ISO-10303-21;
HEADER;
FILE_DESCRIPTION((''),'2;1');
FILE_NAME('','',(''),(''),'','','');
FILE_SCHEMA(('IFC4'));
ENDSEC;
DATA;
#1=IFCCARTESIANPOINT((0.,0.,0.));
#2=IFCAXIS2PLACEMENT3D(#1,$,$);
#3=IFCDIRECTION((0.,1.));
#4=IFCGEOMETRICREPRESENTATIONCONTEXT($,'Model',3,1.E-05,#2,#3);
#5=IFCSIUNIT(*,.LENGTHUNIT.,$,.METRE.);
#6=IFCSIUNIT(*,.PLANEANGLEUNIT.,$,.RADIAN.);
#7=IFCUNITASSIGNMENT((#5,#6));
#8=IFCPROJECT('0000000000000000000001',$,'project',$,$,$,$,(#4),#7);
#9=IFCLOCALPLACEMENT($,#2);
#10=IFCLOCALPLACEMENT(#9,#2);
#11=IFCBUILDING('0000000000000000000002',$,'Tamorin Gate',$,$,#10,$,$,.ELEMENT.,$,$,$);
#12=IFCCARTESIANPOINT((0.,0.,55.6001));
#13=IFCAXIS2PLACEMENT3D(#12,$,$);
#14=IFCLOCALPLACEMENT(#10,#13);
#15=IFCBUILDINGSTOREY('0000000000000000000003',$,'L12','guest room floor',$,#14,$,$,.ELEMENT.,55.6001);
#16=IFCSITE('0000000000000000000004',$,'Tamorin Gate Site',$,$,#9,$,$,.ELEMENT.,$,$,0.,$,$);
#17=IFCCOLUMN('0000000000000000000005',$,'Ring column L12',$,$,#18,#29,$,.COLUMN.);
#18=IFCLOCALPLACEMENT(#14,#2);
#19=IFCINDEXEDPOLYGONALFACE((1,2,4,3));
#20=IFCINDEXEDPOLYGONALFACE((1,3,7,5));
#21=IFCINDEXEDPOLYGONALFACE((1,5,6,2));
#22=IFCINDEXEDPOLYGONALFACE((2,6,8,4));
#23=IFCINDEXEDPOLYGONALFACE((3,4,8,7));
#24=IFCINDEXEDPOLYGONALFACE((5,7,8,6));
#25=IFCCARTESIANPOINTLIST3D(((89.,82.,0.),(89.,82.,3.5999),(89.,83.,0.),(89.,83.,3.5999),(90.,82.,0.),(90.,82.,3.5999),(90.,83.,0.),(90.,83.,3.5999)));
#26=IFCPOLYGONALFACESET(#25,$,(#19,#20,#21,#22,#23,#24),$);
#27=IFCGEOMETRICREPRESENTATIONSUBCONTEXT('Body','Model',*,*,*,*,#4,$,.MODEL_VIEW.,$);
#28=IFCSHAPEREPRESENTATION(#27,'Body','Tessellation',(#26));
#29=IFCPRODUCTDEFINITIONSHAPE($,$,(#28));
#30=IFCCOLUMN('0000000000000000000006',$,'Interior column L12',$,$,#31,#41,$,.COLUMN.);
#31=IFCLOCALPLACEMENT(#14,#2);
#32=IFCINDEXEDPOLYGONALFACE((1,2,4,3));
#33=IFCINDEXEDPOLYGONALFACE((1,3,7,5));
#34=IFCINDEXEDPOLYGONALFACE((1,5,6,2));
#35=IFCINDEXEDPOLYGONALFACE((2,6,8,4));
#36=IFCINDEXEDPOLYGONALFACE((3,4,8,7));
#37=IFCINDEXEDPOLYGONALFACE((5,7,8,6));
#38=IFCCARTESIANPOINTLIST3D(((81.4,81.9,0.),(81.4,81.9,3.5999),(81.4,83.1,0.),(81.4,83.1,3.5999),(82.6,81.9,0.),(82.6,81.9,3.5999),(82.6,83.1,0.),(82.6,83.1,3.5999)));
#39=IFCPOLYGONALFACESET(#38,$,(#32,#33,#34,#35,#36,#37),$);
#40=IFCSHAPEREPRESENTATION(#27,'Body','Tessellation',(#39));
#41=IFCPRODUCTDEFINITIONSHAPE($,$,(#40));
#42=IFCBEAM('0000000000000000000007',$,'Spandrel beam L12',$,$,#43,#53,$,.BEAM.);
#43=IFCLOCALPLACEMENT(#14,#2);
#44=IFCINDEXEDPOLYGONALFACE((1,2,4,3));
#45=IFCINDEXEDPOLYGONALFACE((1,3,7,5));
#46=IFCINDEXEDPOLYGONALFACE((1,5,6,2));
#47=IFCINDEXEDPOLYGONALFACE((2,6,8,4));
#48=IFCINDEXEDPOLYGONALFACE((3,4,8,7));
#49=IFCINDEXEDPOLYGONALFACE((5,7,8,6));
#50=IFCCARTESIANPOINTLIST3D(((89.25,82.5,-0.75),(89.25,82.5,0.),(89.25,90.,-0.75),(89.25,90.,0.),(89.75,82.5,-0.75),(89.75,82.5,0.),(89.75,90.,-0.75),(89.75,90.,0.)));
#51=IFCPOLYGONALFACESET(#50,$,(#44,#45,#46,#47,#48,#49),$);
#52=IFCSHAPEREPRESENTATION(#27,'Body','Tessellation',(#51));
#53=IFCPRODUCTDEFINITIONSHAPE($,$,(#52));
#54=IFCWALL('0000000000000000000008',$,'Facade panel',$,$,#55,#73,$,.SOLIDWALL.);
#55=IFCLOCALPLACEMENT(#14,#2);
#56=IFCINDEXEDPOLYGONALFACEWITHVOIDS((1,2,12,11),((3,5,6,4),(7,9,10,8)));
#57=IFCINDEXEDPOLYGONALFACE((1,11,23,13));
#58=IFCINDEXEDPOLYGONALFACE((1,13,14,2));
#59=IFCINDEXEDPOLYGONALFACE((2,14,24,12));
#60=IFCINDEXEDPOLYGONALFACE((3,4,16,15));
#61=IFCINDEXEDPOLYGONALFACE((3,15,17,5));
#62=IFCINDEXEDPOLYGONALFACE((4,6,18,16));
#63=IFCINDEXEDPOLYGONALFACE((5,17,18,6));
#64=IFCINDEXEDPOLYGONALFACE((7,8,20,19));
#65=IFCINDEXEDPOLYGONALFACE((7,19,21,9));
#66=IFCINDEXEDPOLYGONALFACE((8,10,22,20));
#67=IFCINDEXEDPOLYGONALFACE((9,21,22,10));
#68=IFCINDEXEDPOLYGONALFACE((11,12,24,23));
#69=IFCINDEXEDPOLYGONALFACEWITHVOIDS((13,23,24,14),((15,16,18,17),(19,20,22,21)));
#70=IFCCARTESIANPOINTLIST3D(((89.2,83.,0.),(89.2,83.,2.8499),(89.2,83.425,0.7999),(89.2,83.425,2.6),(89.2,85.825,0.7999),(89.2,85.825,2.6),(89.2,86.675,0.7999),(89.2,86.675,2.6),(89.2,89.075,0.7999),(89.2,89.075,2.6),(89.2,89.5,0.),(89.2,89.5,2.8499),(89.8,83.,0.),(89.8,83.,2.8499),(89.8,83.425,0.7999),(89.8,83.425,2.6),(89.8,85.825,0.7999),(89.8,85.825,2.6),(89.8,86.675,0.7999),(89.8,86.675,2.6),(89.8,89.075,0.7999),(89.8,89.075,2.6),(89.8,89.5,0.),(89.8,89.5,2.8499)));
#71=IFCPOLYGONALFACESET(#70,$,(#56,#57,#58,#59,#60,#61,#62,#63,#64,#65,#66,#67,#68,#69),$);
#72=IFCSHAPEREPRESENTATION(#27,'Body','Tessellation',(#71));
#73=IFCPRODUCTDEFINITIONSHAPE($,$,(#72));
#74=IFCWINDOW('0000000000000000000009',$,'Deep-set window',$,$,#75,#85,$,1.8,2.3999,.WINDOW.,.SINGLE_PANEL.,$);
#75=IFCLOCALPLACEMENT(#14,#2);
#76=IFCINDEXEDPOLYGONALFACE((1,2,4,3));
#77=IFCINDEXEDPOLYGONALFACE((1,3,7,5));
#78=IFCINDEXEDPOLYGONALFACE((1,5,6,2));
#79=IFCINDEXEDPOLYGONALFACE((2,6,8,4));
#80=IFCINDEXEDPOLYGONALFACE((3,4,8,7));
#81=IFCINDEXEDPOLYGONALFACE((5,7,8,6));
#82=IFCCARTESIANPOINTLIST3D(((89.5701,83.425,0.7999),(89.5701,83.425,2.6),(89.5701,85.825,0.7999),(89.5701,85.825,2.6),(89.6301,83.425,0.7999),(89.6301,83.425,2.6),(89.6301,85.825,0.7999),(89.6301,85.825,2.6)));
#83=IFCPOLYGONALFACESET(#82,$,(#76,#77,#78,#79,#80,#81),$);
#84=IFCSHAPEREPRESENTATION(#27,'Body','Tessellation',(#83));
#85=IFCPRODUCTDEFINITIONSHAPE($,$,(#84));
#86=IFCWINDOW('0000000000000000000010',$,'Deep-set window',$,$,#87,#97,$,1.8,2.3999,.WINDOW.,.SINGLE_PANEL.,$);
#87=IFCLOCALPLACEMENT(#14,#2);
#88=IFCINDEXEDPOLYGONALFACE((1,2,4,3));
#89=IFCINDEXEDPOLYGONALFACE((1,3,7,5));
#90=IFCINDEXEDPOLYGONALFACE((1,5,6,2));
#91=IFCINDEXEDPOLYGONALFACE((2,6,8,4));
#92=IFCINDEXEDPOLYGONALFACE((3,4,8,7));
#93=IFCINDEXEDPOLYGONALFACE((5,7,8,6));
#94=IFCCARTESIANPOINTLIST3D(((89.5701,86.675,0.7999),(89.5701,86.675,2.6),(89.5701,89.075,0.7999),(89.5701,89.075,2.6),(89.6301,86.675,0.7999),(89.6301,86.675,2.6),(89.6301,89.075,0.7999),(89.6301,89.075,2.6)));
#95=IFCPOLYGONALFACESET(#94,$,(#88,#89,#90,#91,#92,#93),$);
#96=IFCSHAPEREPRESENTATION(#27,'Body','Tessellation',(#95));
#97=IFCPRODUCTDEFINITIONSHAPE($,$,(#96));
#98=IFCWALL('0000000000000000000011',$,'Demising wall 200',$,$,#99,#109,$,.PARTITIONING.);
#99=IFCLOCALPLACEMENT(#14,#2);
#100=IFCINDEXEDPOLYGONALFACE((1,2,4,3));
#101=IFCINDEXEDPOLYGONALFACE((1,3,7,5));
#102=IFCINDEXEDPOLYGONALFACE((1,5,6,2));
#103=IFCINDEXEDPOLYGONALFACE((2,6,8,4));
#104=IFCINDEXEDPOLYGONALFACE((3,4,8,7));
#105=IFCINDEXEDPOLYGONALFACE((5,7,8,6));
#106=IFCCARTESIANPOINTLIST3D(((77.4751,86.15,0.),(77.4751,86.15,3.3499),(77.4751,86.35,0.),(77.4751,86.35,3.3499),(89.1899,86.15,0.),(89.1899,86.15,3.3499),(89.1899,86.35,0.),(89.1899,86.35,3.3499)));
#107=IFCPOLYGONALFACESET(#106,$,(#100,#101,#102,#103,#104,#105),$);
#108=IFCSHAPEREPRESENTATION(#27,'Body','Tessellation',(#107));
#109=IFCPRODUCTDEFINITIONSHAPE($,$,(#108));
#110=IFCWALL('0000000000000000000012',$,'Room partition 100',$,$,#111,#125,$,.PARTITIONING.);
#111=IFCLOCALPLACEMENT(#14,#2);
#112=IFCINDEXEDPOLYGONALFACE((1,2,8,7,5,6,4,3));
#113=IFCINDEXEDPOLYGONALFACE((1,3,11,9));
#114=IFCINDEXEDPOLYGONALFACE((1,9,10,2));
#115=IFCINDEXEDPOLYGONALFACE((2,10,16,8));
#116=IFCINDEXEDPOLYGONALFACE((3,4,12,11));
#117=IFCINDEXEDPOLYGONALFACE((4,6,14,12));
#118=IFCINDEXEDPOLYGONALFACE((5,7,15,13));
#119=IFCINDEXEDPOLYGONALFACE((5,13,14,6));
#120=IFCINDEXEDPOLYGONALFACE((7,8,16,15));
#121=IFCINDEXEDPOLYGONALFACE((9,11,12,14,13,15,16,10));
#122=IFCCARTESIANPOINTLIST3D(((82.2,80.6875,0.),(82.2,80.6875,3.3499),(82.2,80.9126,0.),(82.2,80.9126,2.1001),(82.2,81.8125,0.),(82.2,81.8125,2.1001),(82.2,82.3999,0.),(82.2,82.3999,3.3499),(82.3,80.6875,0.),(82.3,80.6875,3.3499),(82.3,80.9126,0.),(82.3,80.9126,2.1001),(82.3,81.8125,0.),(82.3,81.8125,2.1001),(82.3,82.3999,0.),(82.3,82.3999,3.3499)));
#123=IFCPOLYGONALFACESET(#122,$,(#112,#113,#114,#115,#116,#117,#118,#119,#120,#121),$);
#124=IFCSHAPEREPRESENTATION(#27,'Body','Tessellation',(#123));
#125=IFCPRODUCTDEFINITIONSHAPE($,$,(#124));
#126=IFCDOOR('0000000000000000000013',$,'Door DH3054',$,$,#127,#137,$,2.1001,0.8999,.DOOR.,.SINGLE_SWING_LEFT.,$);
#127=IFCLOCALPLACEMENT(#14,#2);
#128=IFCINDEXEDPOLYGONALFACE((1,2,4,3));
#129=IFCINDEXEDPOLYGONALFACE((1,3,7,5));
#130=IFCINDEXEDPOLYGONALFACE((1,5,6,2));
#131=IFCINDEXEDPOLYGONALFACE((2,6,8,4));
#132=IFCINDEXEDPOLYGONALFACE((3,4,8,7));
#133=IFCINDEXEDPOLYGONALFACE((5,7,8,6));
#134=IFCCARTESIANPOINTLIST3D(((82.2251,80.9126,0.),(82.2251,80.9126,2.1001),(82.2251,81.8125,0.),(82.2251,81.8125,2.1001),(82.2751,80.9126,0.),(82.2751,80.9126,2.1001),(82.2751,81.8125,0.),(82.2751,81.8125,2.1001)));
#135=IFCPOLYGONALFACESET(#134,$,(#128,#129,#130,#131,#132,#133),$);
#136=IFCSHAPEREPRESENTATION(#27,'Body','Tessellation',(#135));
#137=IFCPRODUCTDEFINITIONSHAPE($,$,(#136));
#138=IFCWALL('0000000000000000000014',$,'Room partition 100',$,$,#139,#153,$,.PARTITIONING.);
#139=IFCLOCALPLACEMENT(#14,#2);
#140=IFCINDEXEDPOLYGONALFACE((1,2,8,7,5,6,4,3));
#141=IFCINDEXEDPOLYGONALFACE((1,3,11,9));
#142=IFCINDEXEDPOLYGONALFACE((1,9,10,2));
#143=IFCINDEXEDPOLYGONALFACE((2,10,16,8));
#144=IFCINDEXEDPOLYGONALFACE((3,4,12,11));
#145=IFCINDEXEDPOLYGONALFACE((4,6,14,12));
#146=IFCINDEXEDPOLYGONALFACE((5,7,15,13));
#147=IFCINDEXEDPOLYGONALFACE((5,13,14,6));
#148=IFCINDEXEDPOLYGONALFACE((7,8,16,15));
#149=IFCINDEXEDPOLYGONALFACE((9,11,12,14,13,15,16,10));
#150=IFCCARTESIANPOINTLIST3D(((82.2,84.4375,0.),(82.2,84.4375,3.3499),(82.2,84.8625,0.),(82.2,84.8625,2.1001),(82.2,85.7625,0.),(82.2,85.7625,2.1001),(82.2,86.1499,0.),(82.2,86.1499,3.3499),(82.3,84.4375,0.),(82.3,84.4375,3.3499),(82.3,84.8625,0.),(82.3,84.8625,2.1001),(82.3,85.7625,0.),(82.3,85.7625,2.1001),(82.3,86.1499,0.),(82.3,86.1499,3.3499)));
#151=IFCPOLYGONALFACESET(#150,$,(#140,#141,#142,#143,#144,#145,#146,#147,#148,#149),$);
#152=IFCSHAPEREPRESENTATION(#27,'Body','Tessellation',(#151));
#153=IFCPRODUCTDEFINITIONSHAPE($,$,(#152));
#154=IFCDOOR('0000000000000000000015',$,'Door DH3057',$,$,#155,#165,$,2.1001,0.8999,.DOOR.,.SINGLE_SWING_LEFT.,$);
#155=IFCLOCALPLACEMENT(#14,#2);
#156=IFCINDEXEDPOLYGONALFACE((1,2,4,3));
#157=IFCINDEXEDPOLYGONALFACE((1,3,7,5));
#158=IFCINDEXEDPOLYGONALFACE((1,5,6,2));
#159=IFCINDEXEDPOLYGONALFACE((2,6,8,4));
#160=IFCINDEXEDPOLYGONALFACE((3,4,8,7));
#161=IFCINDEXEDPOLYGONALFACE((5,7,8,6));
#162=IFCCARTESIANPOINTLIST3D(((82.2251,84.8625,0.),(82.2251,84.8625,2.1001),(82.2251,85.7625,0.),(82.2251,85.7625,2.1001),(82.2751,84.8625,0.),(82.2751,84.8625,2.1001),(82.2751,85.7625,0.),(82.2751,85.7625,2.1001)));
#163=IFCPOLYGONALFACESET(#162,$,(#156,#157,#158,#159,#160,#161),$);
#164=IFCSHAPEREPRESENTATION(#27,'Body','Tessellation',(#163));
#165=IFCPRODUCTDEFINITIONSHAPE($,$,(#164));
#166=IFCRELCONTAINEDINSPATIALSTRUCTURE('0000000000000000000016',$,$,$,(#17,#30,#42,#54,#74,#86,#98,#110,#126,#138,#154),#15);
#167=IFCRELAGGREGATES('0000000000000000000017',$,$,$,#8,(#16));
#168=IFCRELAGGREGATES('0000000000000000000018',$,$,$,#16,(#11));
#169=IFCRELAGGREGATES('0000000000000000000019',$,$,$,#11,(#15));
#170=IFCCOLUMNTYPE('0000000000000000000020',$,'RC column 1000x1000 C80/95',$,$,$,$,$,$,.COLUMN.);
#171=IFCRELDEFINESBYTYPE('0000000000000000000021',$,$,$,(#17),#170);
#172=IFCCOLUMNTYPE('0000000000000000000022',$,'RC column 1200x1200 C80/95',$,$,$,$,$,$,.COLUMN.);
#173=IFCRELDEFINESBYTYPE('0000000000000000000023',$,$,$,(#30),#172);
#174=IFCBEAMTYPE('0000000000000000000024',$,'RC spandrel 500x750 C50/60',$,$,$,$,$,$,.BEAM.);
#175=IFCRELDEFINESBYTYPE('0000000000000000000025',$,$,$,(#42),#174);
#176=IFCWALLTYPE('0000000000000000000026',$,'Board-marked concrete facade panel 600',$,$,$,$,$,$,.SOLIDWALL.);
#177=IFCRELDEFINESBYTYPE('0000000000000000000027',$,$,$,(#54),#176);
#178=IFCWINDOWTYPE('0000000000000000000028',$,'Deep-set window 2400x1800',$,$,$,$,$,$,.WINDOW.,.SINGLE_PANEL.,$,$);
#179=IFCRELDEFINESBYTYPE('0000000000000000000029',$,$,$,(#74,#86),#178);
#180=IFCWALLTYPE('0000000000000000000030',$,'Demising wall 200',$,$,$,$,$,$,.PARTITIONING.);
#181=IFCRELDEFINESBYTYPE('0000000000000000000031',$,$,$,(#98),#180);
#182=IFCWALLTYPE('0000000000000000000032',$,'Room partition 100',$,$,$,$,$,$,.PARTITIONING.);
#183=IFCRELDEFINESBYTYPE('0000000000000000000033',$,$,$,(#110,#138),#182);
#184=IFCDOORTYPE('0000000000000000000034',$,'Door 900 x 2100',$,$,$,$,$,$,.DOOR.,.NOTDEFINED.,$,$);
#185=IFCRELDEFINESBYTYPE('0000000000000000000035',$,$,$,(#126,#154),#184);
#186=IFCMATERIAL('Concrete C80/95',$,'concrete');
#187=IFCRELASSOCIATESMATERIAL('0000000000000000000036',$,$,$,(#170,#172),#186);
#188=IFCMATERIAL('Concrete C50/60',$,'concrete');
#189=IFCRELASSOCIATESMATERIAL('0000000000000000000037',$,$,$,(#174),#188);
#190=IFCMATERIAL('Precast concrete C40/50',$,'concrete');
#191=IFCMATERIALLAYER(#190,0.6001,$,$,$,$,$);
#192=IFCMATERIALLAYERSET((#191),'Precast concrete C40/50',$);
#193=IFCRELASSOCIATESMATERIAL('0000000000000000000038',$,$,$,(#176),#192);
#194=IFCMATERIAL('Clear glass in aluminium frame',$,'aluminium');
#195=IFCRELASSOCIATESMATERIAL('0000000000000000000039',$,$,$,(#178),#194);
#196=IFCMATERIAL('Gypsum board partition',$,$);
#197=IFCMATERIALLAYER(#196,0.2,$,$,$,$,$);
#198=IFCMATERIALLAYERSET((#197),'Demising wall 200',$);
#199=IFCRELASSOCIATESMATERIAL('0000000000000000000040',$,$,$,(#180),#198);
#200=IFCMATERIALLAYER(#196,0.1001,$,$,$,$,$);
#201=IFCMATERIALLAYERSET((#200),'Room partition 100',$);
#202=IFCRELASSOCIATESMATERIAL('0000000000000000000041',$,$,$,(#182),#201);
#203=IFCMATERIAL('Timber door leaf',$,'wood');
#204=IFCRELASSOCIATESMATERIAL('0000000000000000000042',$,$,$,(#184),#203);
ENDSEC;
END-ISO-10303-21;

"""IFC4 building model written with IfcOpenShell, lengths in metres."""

from ifc_helpers import new_model, si_unit, direction, frame, frame_2d, origin, origin_2d, place, context, subcontext, project, spatial, rectangle, extrude, material, layer, layer_set, material_profile, profile_set, type_object, element, fill, save


model = new_model("IFC4")

# Units and contexts
model_context = context("Model", 3, precision=1e-05, world=origin(), true_north=direction((0.0, 1.0)))
body_context = subcontext(model_context, "Body", "Model", "MODEL_VIEW")
ifc_project = project(units=[si_unit("LENGTHUNIT", "METRE"), si_unit("PLANEANGLEUNIT", "RADIAN")], contexts=[model_context])

# Site, building, storey
site_placement = place(None, origin())
site = spatial("IfcSite", under=ifc_project, at=site_placement, Name="Tamorin Gate Site", CompositionType="ELEMENT", RefElevation=0.0)
building_placement = place(site_placement, origin())
building = spatial("IfcBuilding", under=site, at=building_placement, Name="Tamorin Gate", CompositionType="ELEMENT")
storey_placement = place(building_placement, frame((0.0, 0.0, 55.6001)))
storey = spatial("IfcBuildingStorey", under=building, at=storey_placement, Name="L12", Description="guest room floor", CompositionType="ELEMENT", Elevation=55.6001)

# Columns
ifc_material_1 = material(Name="Concrete C80/95", Category="concrete")
ifc_material_profile_1 = material_profile(ifc_material_1, rectangle(XDim=1.0, YDim=1.0, at=origin_2d()), Name="RC 1000x1000")
ifc_profile_set_1 = profile_set([ifc_material_profile_1], Name="Concrete C80/95")
column_type_1 = type_object("IfcColumnType", Name="RC column 1000x1000 C80/95", PredefinedType="COLUMN", material=ifc_profile_set_1)
column_1_placement = place(storey_placement, frame((89.5, 82.5, 0.0), z_axis=(0.0, 0.0, 1.0), x_axis=(1.0, 0.0, 0.0)))
element("IfcColumn", 1, at=column_1_placement, inside=storey, type_object=column_type_1, Name="Ring column L12", PredefinedType="COLUMN", context=body_context, shape_type="SweptSolid", body=[
    extrude(rectangle(XDim=1.0, YDim=1.0, at=origin_2d()), origin(), (0.0, 0.0, 1.0), 3.5999),
])
ifc_material_profile_2 = material_profile(ifc_material_1, rectangle(XDim=1.2, YDim=1.2, at=origin_2d()), Name="RC 1200x1200")
ifc_profile_set_2 = profile_set([ifc_material_profile_2], Name="Concrete C80/95")
column_type_2 = type_object("IfcColumnType", Name="RC column 1200x1200 C80/95", PredefinedType="COLUMN", material=ifc_profile_set_2)
column_2_placement = place(storey_placement, frame((82.0, 82.5, 0.0), z_axis=(0.0, 0.0, 1.0), x_axis=(1.0, 0.0, 0.0)))
element("IfcColumn", 2, at=column_2_placement, inside=storey, type_object=column_type_2, Name="Interior column L12", PredefinedType="COLUMN", context=body_context, shape_type="SweptSolid", body=[
    extrude(rectangle(XDim=1.2, YDim=1.2, at=origin_2d()), origin(), (0.0, 0.0, 1.0), 3.5999),
])

# Beam
ifc_material_2 = material(Name="Concrete C50/60", Category="concrete")
ifc_material_profile_3 = material_profile(ifc_material_2, rectangle(XDim=0.5, YDim=0.75, at=origin_2d()), Name="RC 500x750")
ifc_profile_set_3 = profile_set([ifc_material_profile_3], Name="Concrete C50/60")
beam_type = type_object("IfcBeamType", Name="RC spandrel 500x750 C50/60", PredefinedType="BEAM", material=ifc_profile_set_3)
beam_placement = place(storey_placement, frame((89.5, 82.5, -0.375), z_axis=(0.0, 1.0, 0.0), x_axis=(-1.0, 0.0, 0.0)))
element("IfcBeam", 3, at=beam_placement, inside=storey, type_object=beam_type, Name="Spandrel beam L12", PredefinedType="BEAM", context=body_context, shape_type="SweptSolid", body=[
    extrude(rectangle(XDim=0.5, YDim=0.75, at=origin_2d()), origin(), (0.0, 0.0, 1.0), 7.5),
])

# Wall, openings, windows
ifc_material_3 = material(Name="Precast concrete C40/50", Category="concrete")
ifc_layer_1 = layer(ifc_material_3, 0.6001)
ifc_layer_set_1 = layer_set([ifc_layer_1], Name="Precast concrete C40/50")
wall_type_1 = type_object("IfcWallType", Name="Board-marked concrete facade panel 600", PredefinedType="SOLIDWALL", material=ifc_layer_set_1)
wall_1_placement = place(storey_placement, frame((89.5, 83.0, 0.0), z_axis=(0.0, 0.0, 1.0), x_axis=(0.0, 1.0, 0.0)))
wall_1 = element("IfcWall", 4, at=wall_1_placement, inside=storey, type_object=wall_type_1, Name="Facade panel", PredefinedType="SOLIDWALL", context=body_context, shape_type="SweptSolid", body=[
    extrude(rectangle(XDim=6.5, YDim=0.6001, at=frame_2d((3.25, 0.0))), origin(), (0.0, 0.0, 1.0), 2.8499),
])
opening_1_placement = place(wall_1_placement, frame((0.425, 0.0, 0.8)))
opening_1 = element("IfcOpeningElement", 5, at=opening_1_placement, cuts=wall_1, PredefinedType="OPENING", context=body_context, shape_type="SweptSolid", body=[
    extrude(rectangle(XDim=2.3999, YDim=1.8, at=frame_2d((1.2, 0.8999))), frame((0.0, 0.3101, 0.0), z_axis=(0.0, -1.0, 0.0), x_axis=(1.0, 0.0, 0.0)), (0.0, 0.0, 1.0), 0.6201),
])
opening_2_placement = place(wall_1_placement, frame((3.675, 0.0, 0.8)))
opening_2 = element("IfcOpeningElement", 6, at=opening_2_placement, cuts=wall_1, PredefinedType="OPENING", context=body_context, shape_type="SweptSolid", body=[
    extrude(rectangle(XDim=2.3999, YDim=1.8, at=frame_2d((1.2, 0.8999))), frame((0.0, 0.3101, 0.0), z_axis=(0.0, -1.0, 0.0), x_axis=(1.0, 0.0, 0.0)), (0.0, 0.0, 1.0), 0.6201),
])
ifc_material_4 = material(Name="Clear glass in aluminium frame", Category="aluminium")
window_type = type_object("IfcWindowType", Name="Deep-set window 2400x1800", PartitioningType="SINGLE_PANEL", PredefinedType="WINDOW", material=ifc_material_4)
window_1_placement = place(opening_1_placement, origin())
window_1 = element("IfcWindow", 7, at=window_1_placement, inside=storey, type_object=window_type, Name="Deep-set window", OverallHeight=1.8, OverallWidth=2.3999, PartitioningType="SINGLE_PANEL", PredefinedType="WINDOW", context=body_context, shape_type="SweptSolid", body=[
    extrude(rectangle(XDim=2.3999, YDim=1.8, at=frame_2d((1.2, 0.8999))), frame((0.0, -0.0701, 0.0), z_axis=(0.0, -1.0, 0.0), x_axis=(1.0, 0.0, 0.0)), (0.0, 0.0, 1.0), 0.0601),
])
fill(opening_1, window_1)
window_2_placement = place(opening_2_placement, origin())
window_2 = element("IfcWindow", 8, at=window_2_placement, inside=storey, type_object=window_type, Name="Deep-set window", OverallHeight=1.8, OverallWidth=2.3999, PartitioningType="SINGLE_PANEL", PredefinedType="WINDOW", context=body_context, shape_type="SweptSolid", body=[
    extrude(rectangle(XDim=2.3999, YDim=1.8, at=frame_2d((1.2, 0.8999))), frame((0.0, -0.0701, 0.0), z_axis=(0.0, -1.0, 0.0), x_axis=(1.0, 0.0, 0.0)), (0.0, 0.0, 1.0), 0.0601),
])
fill(opening_2, window_2)

# Wall
ifc_material_5 = material(Name="Gypsum board partition")
ifc_layer_2 = layer(ifc_material_5, 0.2)
ifc_layer_set_2 = layer_set([ifc_layer_2], Name="Demising wall 200")
wall_type_2 = type_object("IfcWallType", Name="Demising wall 200", PredefinedType="PARTITIONING", material=ifc_layer_set_2)
wall_2_placement = place(storey_placement, frame((77.4751, 86.25, 0.0), z_axis=(0.0, 0.0, 1.0), x_axis=(1.0, 0.0, 0.0)))
element("IfcWall", 9, at=wall_2_placement, inside=storey, type_object=wall_type_2, Name="Demising wall 200", PredefinedType="PARTITIONING", context=body_context, shape_type="SweptSolid", body=[
    extrude(rectangle(XDim=11.7148, YDim=0.2, at=frame_2d((5.8574, 0.0))), origin(), (0.0, 0.0, 1.0), 3.3499),
])

# Walls, openings, doors
ifc_layer_3 = layer(ifc_material_5, 0.1001)
ifc_layer_set_3 = layer_set([ifc_layer_3], Name="Room partition 100")
wall_type_3 = type_object("IfcWallType", Name="Room partition 100", PredefinedType="PARTITIONING", material=ifc_layer_set_3)
wall_3_placement = place(storey_placement, frame((82.25, 80.6875, 0.0), z_axis=(0.0, 0.0, 1.0), x_axis=(0.0, 1.0, 0.0)))
wall_3 = element("IfcWall", 10, at=wall_3_placement, inside=storey, type_object=wall_type_3, Name="Room partition 100", PredefinedType="PARTITIONING", context=body_context, shape_type="SweptSolid", body=[
    extrude(rectangle(XDim=1.7124, YDim=0.1001, at=frame_2d((0.8562, 0.0))), origin(), (0.0, 0.0, 1.0), 3.3499),
])
opening_3_placement = place(wall_3_placement, frame((0.2251, 0.0, 0.0)))
opening_3 = element("IfcOpeningElement", 11, at=opening_3_placement, cuts=wall_3, PredefinedType="OPENING", context=body_context, shape_type="SweptSolid", body=[
    extrude(rectangle(XDim=0.8999, YDim=2.1001, at=frame_2d((0.45, 1.05))), frame((0.0, 0.0601, 0.0), z_axis=(0.0, -1.0, 0.0), x_axis=(1.0, 0.0, 0.0)), (0.0, 0.0, 1.0), 0.1201),
])
ifc_material_6 = material(Name="Timber door leaf", Category="wood")
door_type = type_object("IfcDoorType", Name="Door 900 x 2100", OperationType="NOTDEFINED", PredefinedType="DOOR", material=ifc_material_6)
door_1_placement = place(opening_3_placement, origin())
door_1 = element("IfcDoor", 12, at=door_1_placement, inside=storey, type_object=door_type, Name="Door DH3054", OperationType="SINGLE_SWING_LEFT", OverallHeight=2.1001, OverallWidth=0.8999, PredefinedType="DOOR", context=body_context, shape_type="SweptSolid", body=[
    extrude(rectangle(XDim=0.8999, YDim=2.1001, at=frame_2d((0.45, 1.05))), frame((0.0, 0.0249, 0.0), z_axis=(0.0, -1.0, 0.0), x_axis=(1.0, 0.0, 0.0)), (0.0, 0.0, 1.0), 0.05),
])
fill(opening_3, door_1)
wall_4_placement = place(storey_placement, frame((82.25, 84.4375, 0.0), z_axis=(0.0, 0.0, 1.0), x_axis=(0.0, 1.0, 0.0)))
wall_4 = element("IfcWall", 13, at=wall_4_placement, inside=storey, type_object=wall_type_3, Name="Room partition 100", PredefinedType="PARTITIONING", context=body_context, shape_type="SweptSolid", body=[
    extrude(rectangle(XDim=1.7124, YDim=0.1001, at=frame_2d((0.8562, 0.0))), origin(), (0.0, 0.0, 1.0), 3.3499),
])
opening_4_placement = place(wall_4_placement, frame((0.425, 0.0, 0.0)))
opening_4 = element("IfcOpeningElement", 14, at=opening_4_placement, cuts=wall_4, PredefinedType="OPENING", context=body_context, shape_type="SweptSolid", body=[
    extrude(rectangle(XDim=0.8999, YDim=2.1001, at=frame_2d((0.45, 1.05))), frame((0.0, 0.0601, 0.0), z_axis=(0.0, -1.0, 0.0), x_axis=(1.0, 0.0, 0.0)), (0.0, 0.0, 1.0), 0.1201),
])
door_2_placement = place(opening_4_placement, origin())
door_2 = element("IfcDoor", 15, at=door_2_placement, inside=storey, type_object=door_type, Name="Door DH3057", OperationType="SINGLE_SWING_LEFT", OverallHeight=2.1001, OverallWidth=0.8999, PredefinedType="DOOR", context=body_context, shape_type="SweptSolid", body=[
    extrude(rectangle(XDim=0.8999, YDim=2.1001, at=frame_2d((0.45, 1.05))), frame((0.0, 0.0249, 0.0), z_axis=(0.0, -1.0, 0.0), x_axis=(1.0, 0.0, 0.0)), (0.0, 0.0, 1.0), 0.05),
])
fill(opening_4, door_2)

save(model, "model.ifc")
